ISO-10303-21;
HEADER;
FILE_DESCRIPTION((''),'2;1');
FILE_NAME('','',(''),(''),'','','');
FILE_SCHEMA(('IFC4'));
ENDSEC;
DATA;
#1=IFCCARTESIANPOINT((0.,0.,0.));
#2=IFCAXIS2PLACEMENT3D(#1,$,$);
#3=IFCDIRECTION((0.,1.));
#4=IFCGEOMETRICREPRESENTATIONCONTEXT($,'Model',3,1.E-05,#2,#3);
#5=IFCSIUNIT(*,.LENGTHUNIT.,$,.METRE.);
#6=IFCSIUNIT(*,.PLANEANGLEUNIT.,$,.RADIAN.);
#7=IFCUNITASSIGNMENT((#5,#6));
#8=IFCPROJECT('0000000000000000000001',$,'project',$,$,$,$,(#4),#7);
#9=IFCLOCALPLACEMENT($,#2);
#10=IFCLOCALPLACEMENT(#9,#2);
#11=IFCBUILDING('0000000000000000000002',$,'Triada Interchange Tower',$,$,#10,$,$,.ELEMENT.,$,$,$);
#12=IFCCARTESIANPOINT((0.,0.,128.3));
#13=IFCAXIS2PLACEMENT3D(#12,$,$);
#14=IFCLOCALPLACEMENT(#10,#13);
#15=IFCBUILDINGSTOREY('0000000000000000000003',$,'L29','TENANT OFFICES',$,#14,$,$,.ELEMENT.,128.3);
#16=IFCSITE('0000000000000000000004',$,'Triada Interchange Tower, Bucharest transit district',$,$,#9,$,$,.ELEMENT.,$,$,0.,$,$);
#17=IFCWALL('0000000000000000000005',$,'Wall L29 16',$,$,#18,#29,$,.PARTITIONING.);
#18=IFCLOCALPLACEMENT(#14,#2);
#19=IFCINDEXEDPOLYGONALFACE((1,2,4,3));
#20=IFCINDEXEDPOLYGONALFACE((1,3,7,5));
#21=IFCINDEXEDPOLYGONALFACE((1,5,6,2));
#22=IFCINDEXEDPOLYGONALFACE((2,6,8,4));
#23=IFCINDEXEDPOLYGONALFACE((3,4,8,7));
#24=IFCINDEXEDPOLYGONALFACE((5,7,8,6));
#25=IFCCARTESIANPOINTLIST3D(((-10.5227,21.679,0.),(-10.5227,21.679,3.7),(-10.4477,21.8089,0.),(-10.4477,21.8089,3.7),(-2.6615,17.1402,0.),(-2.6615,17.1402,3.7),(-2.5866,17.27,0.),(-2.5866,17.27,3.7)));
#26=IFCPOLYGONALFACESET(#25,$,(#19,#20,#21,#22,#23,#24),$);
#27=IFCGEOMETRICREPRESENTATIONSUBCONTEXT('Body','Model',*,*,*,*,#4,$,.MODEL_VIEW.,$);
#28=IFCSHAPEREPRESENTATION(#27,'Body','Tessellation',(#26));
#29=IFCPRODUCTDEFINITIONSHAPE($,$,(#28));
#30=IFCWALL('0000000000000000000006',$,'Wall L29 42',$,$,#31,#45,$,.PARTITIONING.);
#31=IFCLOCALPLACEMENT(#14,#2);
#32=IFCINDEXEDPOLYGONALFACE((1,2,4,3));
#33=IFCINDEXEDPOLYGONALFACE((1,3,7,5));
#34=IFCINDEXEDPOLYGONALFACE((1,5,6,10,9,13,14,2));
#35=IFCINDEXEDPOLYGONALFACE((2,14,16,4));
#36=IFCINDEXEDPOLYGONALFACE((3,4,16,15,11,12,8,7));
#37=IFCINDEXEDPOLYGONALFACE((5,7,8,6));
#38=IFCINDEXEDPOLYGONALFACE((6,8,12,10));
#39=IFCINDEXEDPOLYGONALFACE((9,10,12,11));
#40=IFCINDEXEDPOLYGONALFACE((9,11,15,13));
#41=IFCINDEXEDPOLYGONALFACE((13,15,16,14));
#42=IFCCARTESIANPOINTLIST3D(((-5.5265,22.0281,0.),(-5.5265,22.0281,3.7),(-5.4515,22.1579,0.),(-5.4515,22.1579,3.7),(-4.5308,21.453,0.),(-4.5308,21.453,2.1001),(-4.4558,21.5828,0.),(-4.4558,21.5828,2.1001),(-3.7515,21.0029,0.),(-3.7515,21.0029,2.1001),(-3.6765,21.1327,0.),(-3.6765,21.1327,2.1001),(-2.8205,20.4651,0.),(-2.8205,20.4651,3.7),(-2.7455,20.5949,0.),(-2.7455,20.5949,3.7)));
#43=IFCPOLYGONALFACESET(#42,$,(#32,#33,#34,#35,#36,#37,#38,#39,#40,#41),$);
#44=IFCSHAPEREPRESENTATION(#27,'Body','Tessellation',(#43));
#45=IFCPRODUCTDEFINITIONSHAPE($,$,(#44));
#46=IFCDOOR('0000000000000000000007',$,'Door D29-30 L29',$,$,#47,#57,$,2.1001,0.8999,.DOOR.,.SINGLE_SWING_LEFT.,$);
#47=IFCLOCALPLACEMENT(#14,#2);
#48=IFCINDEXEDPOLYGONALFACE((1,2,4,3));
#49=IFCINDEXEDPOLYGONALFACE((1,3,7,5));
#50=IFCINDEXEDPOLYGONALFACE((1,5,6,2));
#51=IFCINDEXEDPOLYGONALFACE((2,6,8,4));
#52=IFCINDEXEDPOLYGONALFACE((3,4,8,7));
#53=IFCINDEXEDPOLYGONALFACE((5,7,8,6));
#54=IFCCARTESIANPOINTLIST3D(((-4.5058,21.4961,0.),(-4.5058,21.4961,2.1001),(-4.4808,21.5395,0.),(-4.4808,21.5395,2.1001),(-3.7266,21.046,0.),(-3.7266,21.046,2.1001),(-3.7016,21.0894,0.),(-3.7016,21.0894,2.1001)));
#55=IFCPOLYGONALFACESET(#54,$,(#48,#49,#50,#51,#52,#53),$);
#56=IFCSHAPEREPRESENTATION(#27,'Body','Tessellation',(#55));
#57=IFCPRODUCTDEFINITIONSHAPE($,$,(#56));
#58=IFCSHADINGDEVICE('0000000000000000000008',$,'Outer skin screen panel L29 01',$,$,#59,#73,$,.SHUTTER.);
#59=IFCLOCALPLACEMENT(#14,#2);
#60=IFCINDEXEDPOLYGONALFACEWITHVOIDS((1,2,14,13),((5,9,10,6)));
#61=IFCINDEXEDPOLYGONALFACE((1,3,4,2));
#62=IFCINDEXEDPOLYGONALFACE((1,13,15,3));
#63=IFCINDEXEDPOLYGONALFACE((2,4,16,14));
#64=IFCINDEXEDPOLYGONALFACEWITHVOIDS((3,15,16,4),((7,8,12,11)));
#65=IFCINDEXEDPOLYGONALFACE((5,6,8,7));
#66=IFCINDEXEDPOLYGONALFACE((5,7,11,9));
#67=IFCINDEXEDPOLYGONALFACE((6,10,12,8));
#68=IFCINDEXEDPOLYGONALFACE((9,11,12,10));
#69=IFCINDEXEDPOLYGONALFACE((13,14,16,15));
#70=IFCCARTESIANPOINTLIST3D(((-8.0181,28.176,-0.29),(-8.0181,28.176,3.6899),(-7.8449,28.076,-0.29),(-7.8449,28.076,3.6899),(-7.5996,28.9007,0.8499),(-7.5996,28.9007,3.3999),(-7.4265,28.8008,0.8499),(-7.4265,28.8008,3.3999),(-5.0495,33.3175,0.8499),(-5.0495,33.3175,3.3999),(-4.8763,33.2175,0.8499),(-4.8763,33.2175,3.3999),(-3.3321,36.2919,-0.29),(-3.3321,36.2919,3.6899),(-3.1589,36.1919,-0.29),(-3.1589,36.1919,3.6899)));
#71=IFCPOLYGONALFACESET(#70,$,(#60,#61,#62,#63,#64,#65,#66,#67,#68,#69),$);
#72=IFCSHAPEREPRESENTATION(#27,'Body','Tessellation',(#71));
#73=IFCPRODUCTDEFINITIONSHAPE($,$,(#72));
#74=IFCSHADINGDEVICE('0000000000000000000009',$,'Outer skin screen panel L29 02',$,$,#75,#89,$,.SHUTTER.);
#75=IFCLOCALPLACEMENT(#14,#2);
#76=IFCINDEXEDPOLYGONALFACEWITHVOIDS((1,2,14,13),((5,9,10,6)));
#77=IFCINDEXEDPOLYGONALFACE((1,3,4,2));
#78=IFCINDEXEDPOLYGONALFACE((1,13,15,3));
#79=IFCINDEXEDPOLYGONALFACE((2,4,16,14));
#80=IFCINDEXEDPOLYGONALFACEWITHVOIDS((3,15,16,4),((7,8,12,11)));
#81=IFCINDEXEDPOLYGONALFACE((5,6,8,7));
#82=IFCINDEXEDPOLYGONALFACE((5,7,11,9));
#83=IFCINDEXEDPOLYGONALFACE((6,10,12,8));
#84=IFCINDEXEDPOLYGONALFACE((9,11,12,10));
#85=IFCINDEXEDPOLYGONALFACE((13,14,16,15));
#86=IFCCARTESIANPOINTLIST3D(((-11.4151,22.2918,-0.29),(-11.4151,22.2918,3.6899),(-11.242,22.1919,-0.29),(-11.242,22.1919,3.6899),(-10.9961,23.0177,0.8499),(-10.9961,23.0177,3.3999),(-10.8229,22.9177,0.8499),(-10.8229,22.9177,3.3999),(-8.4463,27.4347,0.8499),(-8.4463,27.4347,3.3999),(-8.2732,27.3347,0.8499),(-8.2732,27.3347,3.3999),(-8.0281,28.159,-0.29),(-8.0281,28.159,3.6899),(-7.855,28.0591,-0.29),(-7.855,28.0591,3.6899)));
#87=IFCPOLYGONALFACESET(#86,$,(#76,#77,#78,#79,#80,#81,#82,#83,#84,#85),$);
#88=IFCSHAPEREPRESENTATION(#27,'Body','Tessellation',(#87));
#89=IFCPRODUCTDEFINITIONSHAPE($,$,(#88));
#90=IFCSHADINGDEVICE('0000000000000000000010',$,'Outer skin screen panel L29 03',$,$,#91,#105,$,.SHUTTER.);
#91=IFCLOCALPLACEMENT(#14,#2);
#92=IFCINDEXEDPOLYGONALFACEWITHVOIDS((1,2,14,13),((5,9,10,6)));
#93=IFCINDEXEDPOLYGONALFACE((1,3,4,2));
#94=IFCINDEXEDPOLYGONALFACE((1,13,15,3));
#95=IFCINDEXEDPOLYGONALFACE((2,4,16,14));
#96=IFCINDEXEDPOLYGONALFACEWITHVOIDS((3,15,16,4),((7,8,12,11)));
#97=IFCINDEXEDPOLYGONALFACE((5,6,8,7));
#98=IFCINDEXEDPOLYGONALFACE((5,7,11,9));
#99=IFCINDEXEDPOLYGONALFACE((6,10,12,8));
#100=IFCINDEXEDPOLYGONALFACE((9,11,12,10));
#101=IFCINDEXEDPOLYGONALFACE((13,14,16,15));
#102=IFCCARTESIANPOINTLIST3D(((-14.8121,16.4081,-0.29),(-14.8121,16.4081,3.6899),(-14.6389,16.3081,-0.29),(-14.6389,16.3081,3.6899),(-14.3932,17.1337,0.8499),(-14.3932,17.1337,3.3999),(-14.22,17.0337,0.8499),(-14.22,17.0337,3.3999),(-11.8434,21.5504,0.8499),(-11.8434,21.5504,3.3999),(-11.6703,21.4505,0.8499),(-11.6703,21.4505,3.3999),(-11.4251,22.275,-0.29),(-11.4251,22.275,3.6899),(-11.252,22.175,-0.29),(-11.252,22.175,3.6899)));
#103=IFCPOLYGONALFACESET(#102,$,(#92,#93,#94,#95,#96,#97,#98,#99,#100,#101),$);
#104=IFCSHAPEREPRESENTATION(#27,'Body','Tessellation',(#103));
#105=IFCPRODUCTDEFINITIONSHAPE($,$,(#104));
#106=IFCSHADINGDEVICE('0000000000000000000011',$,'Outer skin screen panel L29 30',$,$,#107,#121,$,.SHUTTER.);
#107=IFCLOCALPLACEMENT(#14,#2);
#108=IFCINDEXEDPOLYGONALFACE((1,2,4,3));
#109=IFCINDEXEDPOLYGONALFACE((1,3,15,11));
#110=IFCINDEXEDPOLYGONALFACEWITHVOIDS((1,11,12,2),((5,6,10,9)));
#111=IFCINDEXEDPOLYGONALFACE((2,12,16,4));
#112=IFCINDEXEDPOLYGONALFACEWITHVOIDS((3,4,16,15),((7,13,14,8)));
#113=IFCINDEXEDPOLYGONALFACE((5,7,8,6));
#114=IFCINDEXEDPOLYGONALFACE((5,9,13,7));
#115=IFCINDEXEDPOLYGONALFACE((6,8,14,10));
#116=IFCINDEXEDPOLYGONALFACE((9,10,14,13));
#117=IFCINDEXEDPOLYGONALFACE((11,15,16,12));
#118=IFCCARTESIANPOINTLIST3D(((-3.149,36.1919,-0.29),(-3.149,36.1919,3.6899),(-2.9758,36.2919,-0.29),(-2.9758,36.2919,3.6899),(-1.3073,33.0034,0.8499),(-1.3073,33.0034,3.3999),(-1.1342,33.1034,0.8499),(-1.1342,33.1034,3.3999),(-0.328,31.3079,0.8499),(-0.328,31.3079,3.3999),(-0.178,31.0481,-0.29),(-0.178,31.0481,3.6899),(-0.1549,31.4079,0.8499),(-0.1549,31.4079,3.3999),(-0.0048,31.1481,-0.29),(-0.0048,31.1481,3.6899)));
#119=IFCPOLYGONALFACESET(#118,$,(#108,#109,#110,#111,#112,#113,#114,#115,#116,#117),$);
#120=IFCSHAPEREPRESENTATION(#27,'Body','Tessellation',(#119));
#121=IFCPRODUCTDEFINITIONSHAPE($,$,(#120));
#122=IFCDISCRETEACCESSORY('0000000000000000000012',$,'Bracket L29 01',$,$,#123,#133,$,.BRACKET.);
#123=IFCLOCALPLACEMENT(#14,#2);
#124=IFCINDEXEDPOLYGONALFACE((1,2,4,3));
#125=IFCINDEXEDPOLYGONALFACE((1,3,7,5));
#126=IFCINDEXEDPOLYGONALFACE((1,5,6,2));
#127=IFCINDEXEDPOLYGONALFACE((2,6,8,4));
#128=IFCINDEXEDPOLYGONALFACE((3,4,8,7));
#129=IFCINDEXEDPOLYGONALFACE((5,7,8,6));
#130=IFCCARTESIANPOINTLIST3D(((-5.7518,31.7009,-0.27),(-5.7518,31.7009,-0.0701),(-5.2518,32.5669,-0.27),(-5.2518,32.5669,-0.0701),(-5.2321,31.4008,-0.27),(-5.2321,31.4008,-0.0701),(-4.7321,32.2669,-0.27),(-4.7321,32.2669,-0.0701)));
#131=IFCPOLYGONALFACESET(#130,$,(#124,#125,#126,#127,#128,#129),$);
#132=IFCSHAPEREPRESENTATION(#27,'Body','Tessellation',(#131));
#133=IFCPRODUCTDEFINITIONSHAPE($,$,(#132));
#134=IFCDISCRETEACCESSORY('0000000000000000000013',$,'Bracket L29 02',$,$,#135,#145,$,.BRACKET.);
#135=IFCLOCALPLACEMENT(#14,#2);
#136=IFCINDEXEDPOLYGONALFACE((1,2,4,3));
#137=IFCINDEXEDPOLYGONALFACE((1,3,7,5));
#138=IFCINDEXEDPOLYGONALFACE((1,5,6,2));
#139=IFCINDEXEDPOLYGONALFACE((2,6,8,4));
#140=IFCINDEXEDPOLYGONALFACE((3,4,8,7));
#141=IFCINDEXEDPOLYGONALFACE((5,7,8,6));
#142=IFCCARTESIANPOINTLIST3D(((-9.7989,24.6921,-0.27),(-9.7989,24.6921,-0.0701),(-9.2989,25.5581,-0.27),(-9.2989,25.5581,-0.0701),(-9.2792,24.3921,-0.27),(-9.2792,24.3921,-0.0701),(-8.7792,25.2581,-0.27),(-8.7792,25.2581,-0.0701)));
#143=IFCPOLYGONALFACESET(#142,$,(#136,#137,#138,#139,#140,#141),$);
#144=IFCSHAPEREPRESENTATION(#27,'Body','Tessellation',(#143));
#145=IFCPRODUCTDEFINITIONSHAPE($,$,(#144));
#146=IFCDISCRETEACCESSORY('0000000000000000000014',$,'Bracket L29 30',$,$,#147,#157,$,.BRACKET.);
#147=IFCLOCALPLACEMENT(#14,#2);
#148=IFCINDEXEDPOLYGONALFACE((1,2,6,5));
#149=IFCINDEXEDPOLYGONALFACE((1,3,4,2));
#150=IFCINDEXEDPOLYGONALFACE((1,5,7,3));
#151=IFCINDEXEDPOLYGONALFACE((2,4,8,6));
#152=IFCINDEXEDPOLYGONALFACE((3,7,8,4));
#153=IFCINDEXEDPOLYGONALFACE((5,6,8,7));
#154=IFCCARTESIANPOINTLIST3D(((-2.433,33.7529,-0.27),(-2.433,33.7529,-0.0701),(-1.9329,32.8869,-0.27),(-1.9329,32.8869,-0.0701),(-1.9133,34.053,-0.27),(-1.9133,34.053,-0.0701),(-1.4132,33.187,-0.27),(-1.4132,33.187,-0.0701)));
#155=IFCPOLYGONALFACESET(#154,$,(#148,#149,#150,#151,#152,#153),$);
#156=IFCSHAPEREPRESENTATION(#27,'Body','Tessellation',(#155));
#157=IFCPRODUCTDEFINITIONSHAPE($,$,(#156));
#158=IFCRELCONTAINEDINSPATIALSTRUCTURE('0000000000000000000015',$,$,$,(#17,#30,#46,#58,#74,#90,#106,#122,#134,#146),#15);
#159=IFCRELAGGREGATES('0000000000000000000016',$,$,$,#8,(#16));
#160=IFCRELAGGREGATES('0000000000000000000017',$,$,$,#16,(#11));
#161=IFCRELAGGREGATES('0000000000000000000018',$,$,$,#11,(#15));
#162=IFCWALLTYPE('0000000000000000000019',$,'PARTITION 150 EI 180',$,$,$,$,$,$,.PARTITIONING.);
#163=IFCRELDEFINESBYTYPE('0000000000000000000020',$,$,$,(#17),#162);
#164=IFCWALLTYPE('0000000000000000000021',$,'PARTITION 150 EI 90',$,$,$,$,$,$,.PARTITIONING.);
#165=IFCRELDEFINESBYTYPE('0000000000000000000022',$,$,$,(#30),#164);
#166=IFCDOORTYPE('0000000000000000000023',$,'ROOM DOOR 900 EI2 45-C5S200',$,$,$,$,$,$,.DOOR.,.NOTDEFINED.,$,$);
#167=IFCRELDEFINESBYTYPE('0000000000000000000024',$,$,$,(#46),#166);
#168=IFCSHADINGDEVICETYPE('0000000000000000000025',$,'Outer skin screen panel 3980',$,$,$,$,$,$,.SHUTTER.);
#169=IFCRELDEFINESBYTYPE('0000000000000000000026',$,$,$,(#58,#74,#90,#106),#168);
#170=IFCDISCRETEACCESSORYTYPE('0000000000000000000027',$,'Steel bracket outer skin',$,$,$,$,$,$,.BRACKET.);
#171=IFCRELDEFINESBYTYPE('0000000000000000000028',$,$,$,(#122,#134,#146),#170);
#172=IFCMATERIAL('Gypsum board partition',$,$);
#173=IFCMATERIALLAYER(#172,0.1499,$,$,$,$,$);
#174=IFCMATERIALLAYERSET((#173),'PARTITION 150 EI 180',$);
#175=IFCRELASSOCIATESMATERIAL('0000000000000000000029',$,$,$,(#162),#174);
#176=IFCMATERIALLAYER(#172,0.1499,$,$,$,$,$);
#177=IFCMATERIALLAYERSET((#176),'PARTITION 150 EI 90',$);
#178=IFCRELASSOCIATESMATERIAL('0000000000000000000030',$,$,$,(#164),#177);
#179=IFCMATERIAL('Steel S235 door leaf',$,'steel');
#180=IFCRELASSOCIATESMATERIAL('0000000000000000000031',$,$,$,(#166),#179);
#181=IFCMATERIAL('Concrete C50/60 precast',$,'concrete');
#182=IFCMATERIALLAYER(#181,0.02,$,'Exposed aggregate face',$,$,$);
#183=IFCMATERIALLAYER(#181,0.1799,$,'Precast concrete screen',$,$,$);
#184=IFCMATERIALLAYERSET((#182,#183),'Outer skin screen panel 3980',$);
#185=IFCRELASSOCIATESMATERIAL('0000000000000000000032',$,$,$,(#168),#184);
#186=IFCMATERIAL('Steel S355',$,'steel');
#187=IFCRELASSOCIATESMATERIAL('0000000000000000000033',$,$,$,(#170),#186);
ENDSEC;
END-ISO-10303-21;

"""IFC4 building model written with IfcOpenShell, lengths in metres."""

from ifc_helpers import new_model, si_unit, direction, frame, frame_2d, origin, origin_2d, place, context, subcontext, project, spatial, polyline, rectangle, outline, extrude, material, layer, layer_set, type_object, element, fill, save


model = new_model("IFC4")

# Units and contexts
model_context = context("Model", 3, precision=1e-05, world=origin(), true_north=direction((0.0, 1.0)))
body_context = subcontext(model_context, "Body", "Model", "MODEL_VIEW")
ifc_project = project(units=[si_unit("LENGTHUNIT", "METRE"), si_unit("PLANEANGLEUNIT", "RADIAN")], contexts=[model_context])

# Site, building, storey
site_placement = place(None, origin())
site = spatial("IfcSite", under=ifc_project, at=site_placement, Name="Triada Interchange Tower, Bucharest transit district", CompositionType="ELEMENT", RefElevation=0.0)
building_placement = place(site_placement, origin())
building = spatial("IfcBuilding", under=site, at=building_placement, Name="Triada Interchange Tower", CompositionType="ELEMENT")
storey_placement = place(building_placement, frame((0.0, 0.0, 128.3)))
storey = spatial("IfcBuildingStorey", under=building, at=storey_placement, Name="L29", Description="TENANT OFFICES", CompositionType="ELEMENT", Elevation=128.3)

# Wall
ifc_material_1 = material(Name="Gypsum board partition")
ifc_layer_1 = layer(ifc_material_1, 0.1499)
ifc_layer_set_1 = layer_set([ifc_layer_1], Name="PARTITION 150 EI 180")
wall_type_1 = type_object("IfcWallType", Name="PARTITION 150 EI 180", PredefinedType="PARTITIONING", material=ifc_layer_set_1)
wall_1_placement = place(storey_placement, frame((-10.4851, 21.7439, 0.0), z_axis=(0.0, 0.0, 1.0), x_axis=(0.866015, -0.500018, 0.0)))
element("IfcWall", 1, at=wall_1_placement, inside=storey, type_object=wall_type_1, Name="Wall L29 16", PredefinedType="PARTITIONING", context=body_context, shape_type="SweptSolid", body=[
    extrude(rectangle(XDim=9.0774, YDim=0.1499, at=frame_2d((4.5386, 0.0))), origin(), (0.0, 0.0, 1.0), 3.7),
])

# Wall, opening, door
ifc_layer_2 = layer(ifc_material_1, 0.1499)
ifc_layer_set_2 = layer_set([ifc_layer_2], Name="PARTITION 150 EI 90")
wall_type_2 = type_object("IfcWallType", Name="PARTITION 150 EI 90", PredefinedType="PARTITIONING", material=ifc_layer_set_2)
wall_2_placement = place(storey_placement, frame((-5.489, 22.093, 0.0), z_axis=(0.0, 0.0, 1.0), x_axis=(0.865936, -0.500155, 0.0)))
wall_2 = element("IfcWall", 2, at=wall_2_placement, inside=storey, type_object=wall_type_2, Name="Wall L29 42", PredefinedType="PARTITIONING", context=body_context, shape_type="SweptSolid", body=[
    extrude(rectangle(XDim=3.125, YDim=0.1499, at=frame_2d((1.5625, 0.0))), origin(), (0.0, 0.0, 1.0), 3.7),
])
opening_1_placement = place(wall_2_placement, frame((1.1499, 0.0, 0.0)))
opening_1 = element("IfcOpeningElement", 3, at=opening_1_placement, cuts=wall_2, PredefinedType="OPENING", context=body_context, shape_type="SweptSolid", body=[
    extrude(rectangle(XDim=0.8999, YDim=2.1001, at=frame_2d((0.45, 1.05))), frame((0.0, 0.085, 0.0), z_axis=(0.0, -1.0, 0.0), x_axis=(1.0, 0.0, 0.0)), (0.0, 0.0, 1.0), 0.1699),
])
ifc_material_2 = material(Name="Steel S235 door leaf", Category="steel")
door_type = type_object("IfcDoorType", Name="ROOM DOOR 900 EI2 45-C5S200", OperationType="NOTDEFINED", PredefinedType="DOOR", material=ifc_material_2)
door_placement = place(opening_1_placement, origin())
door = element("IfcDoor", 4, at=door_placement, inside=storey, type_object=door_type, Name="Door D29-30 L29", OperationType="SINGLE_SWING_LEFT", OverallHeight=2.1001, OverallWidth=0.8999, PredefinedType="DOOR", context=body_context, shape_type="SweptSolid", body=[
    extrude(rectangle(XDim=0.8999, YDim=2.1001, at=frame_2d((0.45, 1.05))), frame((0.0, 0.0249, 0.0), z_axis=(0.0, -1.0, 0.0), x_axis=(1.0, 0.0, 0.0)), (0.0, 0.0, 1.0), 0.05),
])
fill(opening_1, door)

# Shading devices
ifc_material_3 = material(Name="Concrete C50/60 precast", Category="concrete")
ifc_layer_3 = layer(ifc_material_3, 0.02, Name="Exposed aggregate face")
ifc_layer_4 = layer(ifc_material_3, 0.1799, Name="Precast concrete screen")
ifc_layer_set_3 = layer_set([ifc_layer_3, ifc_layer_4], Name="Outer skin screen panel 3980")
shading_device_type = type_object("IfcShadingDeviceType", Name="Outer skin screen panel 3980", PredefinedType="SHUTTER", material=ifc_layer_set_3)
shading_device_1_placement = place(storey_placement, frame((-3.1589, 36.1919, -0.29), z_axis=(0.0, 0.0, 1.0), x_axis=(-0.500022, -0.866012, 0.0)))
element("IfcShadingDevice", 5, at=shading_device_1_placement, inside=storey, type_object=shading_device_type, Name="Outer skin screen panel L29 01", PredefinedType="SHUTTER", context=body_context, shape_type="SweptSolid", body=[
    extrude(outline(polyline([(0.0, 0.0), (9.3716, 0.0), (9.3716, 3.98), (0.0, 3.98), (0.0, 0.0)]), holes=[polyline([(3.4346, 1.1399), (3.4346, 3.6899), (8.5347, 3.6899), (8.5347, 1.1399), (3.4346, 1.1399)])]), frame((0.0, 0.0, 0.0), z_axis=(0.0, -1.0, 0.0), x_axis=(1.0, 0.0, 0.0)), (0.0, 0.0, 1.0), 0.2),
])
shading_device_2_placement = place(storey_placement, frame((-7.855, 28.0591, -0.29), z_axis=(0.0, 0.0, 1.0), x_axis=(-0.499949, -0.866055, 0.0)))
element("IfcShadingDevice", 6, at=shading_device_2_placement, inside=storey, type_object=shading_device_type, Name="Outer skin screen panel L29 02", PredefinedType="SHUTTER", context=body_context, shape_type="SweptSolid", body=[
    extrude(outline(polyline([(0.0, 0.0), (6.7747, 0.0), (6.7747, 3.98), (0.0, 3.98), (0.0, 0.0)]), holes=[polyline([(0.8364, 1.1399), (0.8364, 3.6899), (5.9365, 3.6899), (5.9365, 1.1399), (0.8364, 1.1399)])]), frame((0.0, 0.0, 0.0), z_axis=(0.0, -1.0, 0.0), x_axis=(1.0, 0.0, 0.0)), (0.0, 0.0, 1.0), 0.2),
])
shading_device_3_placement = place(storey_placement, frame((-11.252, 22.175, -0.29), z_axis=(0.0, 0.0, 1.0), x_axis=(-0.499965, -0.866046, 0.0)))
element("IfcShadingDevice", 7, at=shading_device_3_placement, inside=storey, type_object=shading_device_type, Name="Outer skin screen panel L29 03", PredefinedType="SHUTTER", context=body_context, shape_type="SweptSolid", body=[
    extrude(outline(polyline([(0.0, 0.0), (6.7744, 0.0), (6.7744, 3.98), (0.0, 3.98), (0.0, 0.0)]), holes=[polyline([(0.8367, 1.1399), (0.8367, 3.6899), (5.9365, 3.6899), (5.9365, 1.1399), (0.8367, 1.1399)])]), frame((0.0, 0.0, 0.0), z_axis=(0.0, -1.0, 0.0), x_axis=(1.0, 0.0, 0.0)), (0.0, 0.0, 1.0), 0.2),
])
shading_device_4_placement = place(storey_placement, frame((-0.178, 31.0481, -0.29), z_axis=(0.0, 0.0, 1.0), x_axis=(-0.500148, 0.86594, 0.0)))
element("IfcShadingDevice", 8, at=shading_device_4_placement, inside=storey, type_object=shading_device_type, Name="Outer skin screen panel L29 30", PredefinedType="SHUTTER", context=body_context, shape_type="SweptSolid", body=[
    extrude(outline(polyline([(0.0, 0.0), (5.9402, 0.0), (5.9402, 3.98), (0.0, 3.98), (0.0, 0.0)]), holes=[polyline([(0.3, 1.1399), (0.3, 3.6899), (2.2581, 3.6899), (2.2581, 1.1399), (0.3, 1.1399)])]), frame((0.0, 0.0, 0.0), z_axis=(0.0, -1.0, 0.0), x_axis=(1.0, 0.0, 0.0)), (0.0, 0.0, 1.0), 0.2),
])

# Discrete accessories
ifc_material_4 = material(Name="Steel S355", Category="steel")
discrete_accessory_type = type_object("IfcDiscreteAccessoryType", Name="Steel bracket outer skin", PredefinedType="BRACKET", material=ifc_material_4)
for number, where, z_axis, x_axis, name in (
    (9, (-5.2419, 31.9839, -0.27), (0.0, 0.0, 1.0), (-0.866023, 0.500004, 0.0), "Bracket L29 01"),
    (10, (-9.2891, 24.9751, -0.27), (0.0, 0.0, 1.0), (-0.866023, 0.500004, 0.0), "Bracket L29 02"),
    (11, (-1.9231, 33.47, -0.27), (0.0, 0.0, 1.0), (0.86599, 0.500061, 0.0), "Bracket L29 30"),
):
    element("IfcDiscreteAccessory", number, at=place(storey_placement, frame(where, z_axis=z_axis, x_axis=x_axis)), inside=storey, type_object=discrete_accessory_type, Name=name, PredefinedType="BRACKET", context=body_context, shape_type="SweptSolid", body=[
        extrude(rectangle(XDim=0.6001, YDim=1.0, at=origin_2d()), origin(), (0.0, 0.0, 1.0), 0.2),
    ])

save(model, "model.ifc")
